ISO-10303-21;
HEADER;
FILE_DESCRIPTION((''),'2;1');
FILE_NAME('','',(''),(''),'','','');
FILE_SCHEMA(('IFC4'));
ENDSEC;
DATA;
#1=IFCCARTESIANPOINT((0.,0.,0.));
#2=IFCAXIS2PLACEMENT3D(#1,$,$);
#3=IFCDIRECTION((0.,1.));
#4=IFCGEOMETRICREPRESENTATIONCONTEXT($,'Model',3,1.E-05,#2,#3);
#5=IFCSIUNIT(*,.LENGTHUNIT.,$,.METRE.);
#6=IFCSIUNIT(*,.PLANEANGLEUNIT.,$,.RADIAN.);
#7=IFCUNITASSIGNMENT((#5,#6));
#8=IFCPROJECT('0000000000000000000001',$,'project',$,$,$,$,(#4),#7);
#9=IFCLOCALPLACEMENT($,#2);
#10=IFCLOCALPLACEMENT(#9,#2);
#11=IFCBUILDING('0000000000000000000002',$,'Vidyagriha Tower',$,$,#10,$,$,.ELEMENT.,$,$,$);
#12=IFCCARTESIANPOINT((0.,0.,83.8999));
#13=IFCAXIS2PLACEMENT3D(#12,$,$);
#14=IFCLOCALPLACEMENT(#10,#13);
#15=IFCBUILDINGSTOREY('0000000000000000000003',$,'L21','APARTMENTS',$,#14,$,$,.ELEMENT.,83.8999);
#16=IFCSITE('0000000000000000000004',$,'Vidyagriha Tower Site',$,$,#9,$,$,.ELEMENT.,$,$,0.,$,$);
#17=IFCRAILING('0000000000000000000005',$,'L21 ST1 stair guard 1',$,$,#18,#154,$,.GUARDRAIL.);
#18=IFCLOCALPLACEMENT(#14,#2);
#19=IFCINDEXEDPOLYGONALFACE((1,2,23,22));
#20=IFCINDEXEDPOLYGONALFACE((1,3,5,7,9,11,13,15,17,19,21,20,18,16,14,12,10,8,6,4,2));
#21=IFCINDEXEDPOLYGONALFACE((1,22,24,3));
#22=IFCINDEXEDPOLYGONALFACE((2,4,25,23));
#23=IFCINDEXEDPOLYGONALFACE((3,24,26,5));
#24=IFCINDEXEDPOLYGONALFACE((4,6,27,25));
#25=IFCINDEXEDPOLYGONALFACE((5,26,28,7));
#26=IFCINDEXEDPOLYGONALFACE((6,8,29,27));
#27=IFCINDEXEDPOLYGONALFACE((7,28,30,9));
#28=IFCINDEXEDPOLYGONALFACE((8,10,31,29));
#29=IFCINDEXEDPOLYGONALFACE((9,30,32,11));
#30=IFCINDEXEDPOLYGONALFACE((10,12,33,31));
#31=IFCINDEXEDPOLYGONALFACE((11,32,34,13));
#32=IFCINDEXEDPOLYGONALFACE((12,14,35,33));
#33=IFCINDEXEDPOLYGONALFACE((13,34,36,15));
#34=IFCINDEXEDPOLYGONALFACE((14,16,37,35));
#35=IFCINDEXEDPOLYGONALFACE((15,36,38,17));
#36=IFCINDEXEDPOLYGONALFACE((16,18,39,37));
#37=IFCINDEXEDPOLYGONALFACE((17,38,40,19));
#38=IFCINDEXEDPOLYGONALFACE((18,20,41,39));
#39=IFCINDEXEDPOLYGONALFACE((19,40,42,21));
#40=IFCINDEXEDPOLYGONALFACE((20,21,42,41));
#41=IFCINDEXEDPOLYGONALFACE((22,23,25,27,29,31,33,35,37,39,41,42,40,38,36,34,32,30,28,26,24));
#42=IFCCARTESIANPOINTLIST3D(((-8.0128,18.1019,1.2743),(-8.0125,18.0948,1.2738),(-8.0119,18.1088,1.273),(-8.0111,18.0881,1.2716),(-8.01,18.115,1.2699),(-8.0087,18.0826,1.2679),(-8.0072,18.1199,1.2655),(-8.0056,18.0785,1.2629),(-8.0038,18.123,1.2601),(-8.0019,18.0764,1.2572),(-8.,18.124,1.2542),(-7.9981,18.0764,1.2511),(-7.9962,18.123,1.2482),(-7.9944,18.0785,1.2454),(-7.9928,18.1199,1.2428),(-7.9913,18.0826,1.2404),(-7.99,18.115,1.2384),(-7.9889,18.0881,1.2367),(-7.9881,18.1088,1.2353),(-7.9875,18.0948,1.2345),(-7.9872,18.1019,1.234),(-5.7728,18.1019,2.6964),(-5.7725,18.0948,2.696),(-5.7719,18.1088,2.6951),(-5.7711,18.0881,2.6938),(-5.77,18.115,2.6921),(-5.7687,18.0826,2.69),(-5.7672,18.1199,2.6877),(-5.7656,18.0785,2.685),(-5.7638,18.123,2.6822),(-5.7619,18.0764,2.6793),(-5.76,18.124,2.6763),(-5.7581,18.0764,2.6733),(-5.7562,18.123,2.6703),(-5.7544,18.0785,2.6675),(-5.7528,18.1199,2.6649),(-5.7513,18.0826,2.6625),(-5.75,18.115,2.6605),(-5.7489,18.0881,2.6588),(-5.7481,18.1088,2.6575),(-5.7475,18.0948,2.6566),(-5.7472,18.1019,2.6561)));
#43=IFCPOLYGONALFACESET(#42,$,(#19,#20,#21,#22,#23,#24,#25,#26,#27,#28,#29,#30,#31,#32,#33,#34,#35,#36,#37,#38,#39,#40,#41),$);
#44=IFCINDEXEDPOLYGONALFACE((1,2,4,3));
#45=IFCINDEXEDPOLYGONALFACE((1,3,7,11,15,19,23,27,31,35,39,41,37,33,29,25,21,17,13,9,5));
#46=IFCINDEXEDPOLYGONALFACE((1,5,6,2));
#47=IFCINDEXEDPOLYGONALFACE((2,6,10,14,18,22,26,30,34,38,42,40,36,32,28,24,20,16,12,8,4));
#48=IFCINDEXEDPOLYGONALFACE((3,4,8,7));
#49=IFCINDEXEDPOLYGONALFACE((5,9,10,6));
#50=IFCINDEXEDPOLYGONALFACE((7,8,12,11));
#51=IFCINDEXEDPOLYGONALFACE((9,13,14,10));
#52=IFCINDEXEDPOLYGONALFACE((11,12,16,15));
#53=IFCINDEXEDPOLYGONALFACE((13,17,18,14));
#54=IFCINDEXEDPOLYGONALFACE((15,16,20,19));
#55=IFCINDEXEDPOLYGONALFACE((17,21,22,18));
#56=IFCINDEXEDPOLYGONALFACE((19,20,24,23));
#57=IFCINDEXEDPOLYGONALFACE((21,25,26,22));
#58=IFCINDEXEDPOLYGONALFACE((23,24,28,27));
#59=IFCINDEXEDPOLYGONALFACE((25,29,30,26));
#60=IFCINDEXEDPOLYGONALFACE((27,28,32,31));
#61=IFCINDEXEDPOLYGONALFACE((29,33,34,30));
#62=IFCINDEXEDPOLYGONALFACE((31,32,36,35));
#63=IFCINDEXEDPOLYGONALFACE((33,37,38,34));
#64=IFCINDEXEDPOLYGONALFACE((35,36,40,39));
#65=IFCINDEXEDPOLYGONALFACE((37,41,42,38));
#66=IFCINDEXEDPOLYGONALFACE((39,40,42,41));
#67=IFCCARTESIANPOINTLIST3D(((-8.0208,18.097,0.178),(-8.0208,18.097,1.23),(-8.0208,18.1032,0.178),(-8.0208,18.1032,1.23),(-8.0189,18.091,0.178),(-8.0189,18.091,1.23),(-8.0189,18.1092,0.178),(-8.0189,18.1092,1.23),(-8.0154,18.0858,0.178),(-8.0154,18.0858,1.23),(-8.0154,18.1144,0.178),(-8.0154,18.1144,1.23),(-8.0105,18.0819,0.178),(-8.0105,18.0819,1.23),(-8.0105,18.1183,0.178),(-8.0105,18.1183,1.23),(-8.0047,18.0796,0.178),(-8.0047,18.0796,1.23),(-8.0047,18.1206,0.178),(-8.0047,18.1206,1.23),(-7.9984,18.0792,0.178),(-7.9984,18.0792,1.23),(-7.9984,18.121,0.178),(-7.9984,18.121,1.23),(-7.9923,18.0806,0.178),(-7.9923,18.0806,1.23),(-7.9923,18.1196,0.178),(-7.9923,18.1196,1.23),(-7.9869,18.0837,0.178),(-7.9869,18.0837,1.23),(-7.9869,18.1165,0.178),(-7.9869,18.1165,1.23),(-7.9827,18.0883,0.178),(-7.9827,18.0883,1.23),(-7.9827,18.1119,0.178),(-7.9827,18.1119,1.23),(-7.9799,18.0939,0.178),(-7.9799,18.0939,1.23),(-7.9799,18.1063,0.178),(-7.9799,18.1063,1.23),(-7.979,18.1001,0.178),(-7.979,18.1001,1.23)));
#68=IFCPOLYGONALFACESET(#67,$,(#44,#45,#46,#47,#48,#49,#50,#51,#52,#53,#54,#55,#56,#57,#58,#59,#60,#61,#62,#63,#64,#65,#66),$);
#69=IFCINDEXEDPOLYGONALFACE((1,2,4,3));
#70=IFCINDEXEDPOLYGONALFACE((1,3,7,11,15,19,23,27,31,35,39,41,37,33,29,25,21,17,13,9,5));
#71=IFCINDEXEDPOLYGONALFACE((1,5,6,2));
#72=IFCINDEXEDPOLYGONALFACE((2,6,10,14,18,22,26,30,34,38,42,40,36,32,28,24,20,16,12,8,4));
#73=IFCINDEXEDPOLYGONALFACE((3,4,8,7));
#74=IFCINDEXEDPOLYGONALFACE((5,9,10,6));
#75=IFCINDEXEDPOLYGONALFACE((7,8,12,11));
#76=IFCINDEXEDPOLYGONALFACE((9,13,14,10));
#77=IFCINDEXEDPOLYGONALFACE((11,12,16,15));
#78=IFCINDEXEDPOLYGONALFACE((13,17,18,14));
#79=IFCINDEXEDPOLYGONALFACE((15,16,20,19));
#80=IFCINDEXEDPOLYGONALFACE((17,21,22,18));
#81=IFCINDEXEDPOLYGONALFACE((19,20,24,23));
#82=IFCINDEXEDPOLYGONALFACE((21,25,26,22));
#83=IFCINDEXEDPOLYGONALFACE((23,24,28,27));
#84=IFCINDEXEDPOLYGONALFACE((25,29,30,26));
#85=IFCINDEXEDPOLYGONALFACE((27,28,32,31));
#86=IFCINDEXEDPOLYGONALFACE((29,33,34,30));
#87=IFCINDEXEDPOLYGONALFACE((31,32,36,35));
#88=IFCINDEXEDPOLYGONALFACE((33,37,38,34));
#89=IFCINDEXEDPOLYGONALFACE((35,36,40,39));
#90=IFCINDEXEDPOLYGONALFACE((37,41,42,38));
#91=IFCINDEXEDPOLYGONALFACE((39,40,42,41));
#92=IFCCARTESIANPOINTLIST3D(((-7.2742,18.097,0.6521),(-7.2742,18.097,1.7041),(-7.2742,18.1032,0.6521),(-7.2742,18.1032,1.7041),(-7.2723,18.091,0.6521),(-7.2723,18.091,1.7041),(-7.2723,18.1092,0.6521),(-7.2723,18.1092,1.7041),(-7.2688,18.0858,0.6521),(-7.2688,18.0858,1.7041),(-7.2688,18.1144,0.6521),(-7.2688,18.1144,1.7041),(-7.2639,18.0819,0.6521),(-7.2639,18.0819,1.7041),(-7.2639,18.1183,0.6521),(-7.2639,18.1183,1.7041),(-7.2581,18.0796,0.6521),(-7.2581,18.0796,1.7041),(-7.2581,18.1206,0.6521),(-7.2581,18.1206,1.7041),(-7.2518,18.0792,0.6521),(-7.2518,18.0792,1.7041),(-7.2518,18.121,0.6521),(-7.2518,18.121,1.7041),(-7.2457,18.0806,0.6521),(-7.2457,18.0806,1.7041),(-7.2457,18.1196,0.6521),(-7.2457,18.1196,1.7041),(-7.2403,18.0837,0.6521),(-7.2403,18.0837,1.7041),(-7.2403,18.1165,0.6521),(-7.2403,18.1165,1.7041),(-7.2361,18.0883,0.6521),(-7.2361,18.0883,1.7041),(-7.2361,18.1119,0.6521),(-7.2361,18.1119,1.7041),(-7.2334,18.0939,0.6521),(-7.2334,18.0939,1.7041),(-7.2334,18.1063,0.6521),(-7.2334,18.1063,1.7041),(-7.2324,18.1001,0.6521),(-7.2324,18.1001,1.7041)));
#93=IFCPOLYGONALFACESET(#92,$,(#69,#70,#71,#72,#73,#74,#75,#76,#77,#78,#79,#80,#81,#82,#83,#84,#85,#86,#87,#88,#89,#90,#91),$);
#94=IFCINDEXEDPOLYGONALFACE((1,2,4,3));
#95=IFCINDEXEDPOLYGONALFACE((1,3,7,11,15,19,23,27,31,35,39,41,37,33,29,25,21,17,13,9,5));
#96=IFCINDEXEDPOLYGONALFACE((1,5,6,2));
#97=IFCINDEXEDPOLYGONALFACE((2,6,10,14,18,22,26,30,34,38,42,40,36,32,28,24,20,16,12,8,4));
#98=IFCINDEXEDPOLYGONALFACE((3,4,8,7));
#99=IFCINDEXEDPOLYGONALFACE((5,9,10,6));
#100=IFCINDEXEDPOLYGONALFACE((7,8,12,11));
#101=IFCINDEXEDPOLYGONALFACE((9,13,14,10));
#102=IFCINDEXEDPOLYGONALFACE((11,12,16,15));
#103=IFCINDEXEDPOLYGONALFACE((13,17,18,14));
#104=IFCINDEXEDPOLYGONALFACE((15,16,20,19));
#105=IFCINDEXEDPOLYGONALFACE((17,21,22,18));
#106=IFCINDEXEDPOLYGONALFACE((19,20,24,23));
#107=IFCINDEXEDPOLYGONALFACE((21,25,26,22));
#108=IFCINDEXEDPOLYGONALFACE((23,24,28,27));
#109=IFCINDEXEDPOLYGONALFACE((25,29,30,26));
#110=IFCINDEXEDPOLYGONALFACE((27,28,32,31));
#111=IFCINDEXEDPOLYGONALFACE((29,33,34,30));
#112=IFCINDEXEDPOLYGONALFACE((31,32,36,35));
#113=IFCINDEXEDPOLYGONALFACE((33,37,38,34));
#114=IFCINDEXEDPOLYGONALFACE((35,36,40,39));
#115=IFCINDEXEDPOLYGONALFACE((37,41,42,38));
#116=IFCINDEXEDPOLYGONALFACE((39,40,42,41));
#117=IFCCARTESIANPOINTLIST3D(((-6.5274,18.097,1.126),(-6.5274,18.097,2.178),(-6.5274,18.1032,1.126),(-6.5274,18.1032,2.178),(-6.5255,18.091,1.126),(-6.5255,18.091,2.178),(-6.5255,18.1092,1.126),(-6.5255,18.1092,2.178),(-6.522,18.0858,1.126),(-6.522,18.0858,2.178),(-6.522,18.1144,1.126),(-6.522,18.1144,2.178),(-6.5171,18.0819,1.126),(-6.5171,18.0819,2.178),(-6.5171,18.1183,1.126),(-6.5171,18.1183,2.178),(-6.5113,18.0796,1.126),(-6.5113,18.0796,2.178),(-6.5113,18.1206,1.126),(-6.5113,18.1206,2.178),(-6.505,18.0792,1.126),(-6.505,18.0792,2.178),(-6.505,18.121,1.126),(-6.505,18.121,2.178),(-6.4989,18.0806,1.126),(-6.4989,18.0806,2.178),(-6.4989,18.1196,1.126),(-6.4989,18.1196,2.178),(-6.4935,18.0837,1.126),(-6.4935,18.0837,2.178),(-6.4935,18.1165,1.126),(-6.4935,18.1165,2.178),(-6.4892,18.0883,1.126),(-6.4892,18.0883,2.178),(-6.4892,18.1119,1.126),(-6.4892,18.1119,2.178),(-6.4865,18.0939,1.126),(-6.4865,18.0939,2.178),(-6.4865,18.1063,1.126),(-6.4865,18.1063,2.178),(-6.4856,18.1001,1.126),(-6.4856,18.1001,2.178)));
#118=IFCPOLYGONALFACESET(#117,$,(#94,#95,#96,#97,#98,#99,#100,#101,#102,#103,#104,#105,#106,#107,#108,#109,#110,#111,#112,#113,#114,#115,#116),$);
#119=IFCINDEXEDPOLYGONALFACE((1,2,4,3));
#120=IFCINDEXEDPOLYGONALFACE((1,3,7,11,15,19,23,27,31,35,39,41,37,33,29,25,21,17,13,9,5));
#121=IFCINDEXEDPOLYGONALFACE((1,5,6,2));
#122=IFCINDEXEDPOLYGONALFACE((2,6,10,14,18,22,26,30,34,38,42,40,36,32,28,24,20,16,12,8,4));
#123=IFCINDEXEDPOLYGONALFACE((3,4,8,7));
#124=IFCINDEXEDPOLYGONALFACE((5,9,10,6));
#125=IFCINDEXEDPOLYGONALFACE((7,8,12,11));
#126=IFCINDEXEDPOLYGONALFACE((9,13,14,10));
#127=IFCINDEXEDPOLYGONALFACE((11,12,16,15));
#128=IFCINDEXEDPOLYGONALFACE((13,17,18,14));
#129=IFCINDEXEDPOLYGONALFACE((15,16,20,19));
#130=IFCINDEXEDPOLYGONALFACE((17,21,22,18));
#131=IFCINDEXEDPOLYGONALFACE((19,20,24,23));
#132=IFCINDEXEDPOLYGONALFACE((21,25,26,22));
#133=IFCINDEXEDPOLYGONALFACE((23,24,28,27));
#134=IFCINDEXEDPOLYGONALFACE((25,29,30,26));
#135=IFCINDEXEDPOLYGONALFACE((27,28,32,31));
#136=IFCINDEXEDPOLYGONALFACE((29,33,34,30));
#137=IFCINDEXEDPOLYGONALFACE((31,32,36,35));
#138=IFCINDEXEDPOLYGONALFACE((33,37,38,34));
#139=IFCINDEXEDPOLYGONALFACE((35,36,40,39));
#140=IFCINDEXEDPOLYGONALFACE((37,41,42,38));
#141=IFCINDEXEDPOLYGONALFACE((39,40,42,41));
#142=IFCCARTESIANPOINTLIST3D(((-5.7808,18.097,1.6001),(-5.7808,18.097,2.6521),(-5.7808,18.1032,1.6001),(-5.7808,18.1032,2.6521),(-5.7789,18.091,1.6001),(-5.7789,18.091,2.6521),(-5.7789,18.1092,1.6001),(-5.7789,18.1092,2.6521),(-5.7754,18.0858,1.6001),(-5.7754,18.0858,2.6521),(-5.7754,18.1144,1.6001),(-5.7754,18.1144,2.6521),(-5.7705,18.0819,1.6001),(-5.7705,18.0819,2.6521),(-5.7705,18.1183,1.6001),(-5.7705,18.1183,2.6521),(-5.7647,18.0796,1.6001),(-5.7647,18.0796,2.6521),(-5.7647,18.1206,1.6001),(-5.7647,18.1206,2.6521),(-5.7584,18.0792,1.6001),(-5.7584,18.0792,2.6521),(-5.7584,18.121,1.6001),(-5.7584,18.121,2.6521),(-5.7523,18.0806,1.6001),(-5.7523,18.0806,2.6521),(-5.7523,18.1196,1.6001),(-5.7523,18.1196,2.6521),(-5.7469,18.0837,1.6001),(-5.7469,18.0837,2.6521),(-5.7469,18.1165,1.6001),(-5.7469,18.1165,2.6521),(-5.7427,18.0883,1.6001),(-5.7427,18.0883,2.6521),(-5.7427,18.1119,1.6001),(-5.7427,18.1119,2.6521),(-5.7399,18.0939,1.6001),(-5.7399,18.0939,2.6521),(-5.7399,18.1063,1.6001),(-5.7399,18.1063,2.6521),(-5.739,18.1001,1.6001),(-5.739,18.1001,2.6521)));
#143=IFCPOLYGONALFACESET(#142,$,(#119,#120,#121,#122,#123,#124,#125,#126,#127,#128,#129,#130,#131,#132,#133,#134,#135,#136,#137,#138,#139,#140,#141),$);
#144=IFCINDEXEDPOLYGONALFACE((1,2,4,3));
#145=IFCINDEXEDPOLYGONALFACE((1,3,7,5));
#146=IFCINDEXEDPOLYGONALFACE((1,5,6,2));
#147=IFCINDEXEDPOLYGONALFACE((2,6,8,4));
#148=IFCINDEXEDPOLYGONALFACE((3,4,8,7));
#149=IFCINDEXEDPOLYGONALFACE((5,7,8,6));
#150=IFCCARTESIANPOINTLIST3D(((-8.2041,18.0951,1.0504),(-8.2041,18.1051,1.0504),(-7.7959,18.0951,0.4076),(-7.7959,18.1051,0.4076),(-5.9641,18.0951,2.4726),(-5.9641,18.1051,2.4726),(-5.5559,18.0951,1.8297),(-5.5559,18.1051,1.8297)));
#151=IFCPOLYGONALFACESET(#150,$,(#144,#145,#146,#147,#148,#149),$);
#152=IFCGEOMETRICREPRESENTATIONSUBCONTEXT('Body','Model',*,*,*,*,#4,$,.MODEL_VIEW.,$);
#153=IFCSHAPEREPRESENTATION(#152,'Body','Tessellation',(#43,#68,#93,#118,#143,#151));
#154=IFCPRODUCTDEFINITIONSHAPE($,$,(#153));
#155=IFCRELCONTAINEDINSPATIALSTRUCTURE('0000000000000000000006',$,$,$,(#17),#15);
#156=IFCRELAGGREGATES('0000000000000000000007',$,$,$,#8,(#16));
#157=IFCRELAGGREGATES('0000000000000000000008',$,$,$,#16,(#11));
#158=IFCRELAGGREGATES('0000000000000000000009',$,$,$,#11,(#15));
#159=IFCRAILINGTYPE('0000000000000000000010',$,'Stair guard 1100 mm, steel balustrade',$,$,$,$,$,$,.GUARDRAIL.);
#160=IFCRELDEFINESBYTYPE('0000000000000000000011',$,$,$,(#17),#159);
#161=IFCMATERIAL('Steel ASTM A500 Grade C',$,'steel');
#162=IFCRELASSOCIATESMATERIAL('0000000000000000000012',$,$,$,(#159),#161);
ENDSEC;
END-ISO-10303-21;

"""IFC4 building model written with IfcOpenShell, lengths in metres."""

from ifc_helpers import new_model, si_unit, direction, frame, origin, origin_2d, place, context, subcontext, project, spatial, rectangle, circle, extrude, material, type_object, element, save


model = new_model("IFC4")

# Units and contexts
model_context = context("Model", 3, precision=1e-05, world=origin(), true_north=direction((0.0, 1.0)))
body_context = subcontext(model_context, "Body", "Model", "MODEL_VIEW")
ifc_project = project(units=[si_unit("LENGTHUNIT", "METRE"), si_unit("PLANEANGLEUNIT", "RADIAN")], contexts=[model_context])

# Site, building, storey
site_placement = place(None, origin())
site = spatial("IfcSite", under=ifc_project, at=site_placement, Name="Vidyagriha Tower Site", CompositionType="ELEMENT", RefElevation=0.0)
building_placement = place(site_placement, origin())
building = spatial("IfcBuilding", under=site, at=building_placement, Name="Vidyagriha Tower", CompositionType="ELEMENT")
storey_placement = place(building_placement, frame((0.0, 0.0, 83.8999)))
storey = spatial("IfcBuildingStorey", under=building, at=storey_placement, Name="L21", Description="APARTMENTS", CompositionType="ELEMENT", Elevation=83.8999)

# Railing
ifc_material_1 = material(Name="Steel ASTM A500 Grade C", Category="steel")
railing_type_1 = type_object("IfcRailingType", Name="Stair guard 1100 mm, steel balustrade", PredefinedType="GUARDRAIL", material=ifc_material_1)
railing_1_placement = place(storey_placement, frame((-8.0, 18.1001, 0.178)))
element("IfcRailing", 1, at=railing_1_placement, inside=storey, type_object=railing_type_1, Name="L21 ST1 stair guard 1", PredefinedType="GUARDRAIL", context=body_context, shape_type="SweptSolid", body=[
    extrude(circle(Radius=0.0239, at=origin_2d()), frame((0.0, 0.0, 1.0762), z_axis=(0.844229, 0.0, 0.535982), x_axis=(0.0, 1.0, 0.0)), (0.0, 0.0, 1.0), 2.6533),
    extrude(circle(Radius=0.021, at=origin_2d()), origin(), (0.0, 0.0, 1.0), 1.052),
    extrude(circle(Radius=0.021, at=origin_2d()), frame((0.7466, 0.0, 0.4741)), (0.0, 0.0, 1.0), 1.052),
    extrude(circle(Radius=0.021, at=origin_2d()), frame((1.4934, 0.0, 0.948)), (0.0, 0.0, 1.0), 1.052),
    extrude(circle(Radius=0.021, at=origin_2d()), frame((2.24, 0.0, 1.4221)), (0.0, 0.0, 1.0), 1.052),
    extrude(rectangle(XDim=0.01, YDim=0.7615, at=origin_2d()), frame((0.0, 0.0, 0.551), z_axis=(0.844229, 0.0, 0.535982), x_axis=(0.0, 1.0, 0.0)), (0.0, 0.0, 1.0), 2.6533),
])

save(model, "model.ifc")
